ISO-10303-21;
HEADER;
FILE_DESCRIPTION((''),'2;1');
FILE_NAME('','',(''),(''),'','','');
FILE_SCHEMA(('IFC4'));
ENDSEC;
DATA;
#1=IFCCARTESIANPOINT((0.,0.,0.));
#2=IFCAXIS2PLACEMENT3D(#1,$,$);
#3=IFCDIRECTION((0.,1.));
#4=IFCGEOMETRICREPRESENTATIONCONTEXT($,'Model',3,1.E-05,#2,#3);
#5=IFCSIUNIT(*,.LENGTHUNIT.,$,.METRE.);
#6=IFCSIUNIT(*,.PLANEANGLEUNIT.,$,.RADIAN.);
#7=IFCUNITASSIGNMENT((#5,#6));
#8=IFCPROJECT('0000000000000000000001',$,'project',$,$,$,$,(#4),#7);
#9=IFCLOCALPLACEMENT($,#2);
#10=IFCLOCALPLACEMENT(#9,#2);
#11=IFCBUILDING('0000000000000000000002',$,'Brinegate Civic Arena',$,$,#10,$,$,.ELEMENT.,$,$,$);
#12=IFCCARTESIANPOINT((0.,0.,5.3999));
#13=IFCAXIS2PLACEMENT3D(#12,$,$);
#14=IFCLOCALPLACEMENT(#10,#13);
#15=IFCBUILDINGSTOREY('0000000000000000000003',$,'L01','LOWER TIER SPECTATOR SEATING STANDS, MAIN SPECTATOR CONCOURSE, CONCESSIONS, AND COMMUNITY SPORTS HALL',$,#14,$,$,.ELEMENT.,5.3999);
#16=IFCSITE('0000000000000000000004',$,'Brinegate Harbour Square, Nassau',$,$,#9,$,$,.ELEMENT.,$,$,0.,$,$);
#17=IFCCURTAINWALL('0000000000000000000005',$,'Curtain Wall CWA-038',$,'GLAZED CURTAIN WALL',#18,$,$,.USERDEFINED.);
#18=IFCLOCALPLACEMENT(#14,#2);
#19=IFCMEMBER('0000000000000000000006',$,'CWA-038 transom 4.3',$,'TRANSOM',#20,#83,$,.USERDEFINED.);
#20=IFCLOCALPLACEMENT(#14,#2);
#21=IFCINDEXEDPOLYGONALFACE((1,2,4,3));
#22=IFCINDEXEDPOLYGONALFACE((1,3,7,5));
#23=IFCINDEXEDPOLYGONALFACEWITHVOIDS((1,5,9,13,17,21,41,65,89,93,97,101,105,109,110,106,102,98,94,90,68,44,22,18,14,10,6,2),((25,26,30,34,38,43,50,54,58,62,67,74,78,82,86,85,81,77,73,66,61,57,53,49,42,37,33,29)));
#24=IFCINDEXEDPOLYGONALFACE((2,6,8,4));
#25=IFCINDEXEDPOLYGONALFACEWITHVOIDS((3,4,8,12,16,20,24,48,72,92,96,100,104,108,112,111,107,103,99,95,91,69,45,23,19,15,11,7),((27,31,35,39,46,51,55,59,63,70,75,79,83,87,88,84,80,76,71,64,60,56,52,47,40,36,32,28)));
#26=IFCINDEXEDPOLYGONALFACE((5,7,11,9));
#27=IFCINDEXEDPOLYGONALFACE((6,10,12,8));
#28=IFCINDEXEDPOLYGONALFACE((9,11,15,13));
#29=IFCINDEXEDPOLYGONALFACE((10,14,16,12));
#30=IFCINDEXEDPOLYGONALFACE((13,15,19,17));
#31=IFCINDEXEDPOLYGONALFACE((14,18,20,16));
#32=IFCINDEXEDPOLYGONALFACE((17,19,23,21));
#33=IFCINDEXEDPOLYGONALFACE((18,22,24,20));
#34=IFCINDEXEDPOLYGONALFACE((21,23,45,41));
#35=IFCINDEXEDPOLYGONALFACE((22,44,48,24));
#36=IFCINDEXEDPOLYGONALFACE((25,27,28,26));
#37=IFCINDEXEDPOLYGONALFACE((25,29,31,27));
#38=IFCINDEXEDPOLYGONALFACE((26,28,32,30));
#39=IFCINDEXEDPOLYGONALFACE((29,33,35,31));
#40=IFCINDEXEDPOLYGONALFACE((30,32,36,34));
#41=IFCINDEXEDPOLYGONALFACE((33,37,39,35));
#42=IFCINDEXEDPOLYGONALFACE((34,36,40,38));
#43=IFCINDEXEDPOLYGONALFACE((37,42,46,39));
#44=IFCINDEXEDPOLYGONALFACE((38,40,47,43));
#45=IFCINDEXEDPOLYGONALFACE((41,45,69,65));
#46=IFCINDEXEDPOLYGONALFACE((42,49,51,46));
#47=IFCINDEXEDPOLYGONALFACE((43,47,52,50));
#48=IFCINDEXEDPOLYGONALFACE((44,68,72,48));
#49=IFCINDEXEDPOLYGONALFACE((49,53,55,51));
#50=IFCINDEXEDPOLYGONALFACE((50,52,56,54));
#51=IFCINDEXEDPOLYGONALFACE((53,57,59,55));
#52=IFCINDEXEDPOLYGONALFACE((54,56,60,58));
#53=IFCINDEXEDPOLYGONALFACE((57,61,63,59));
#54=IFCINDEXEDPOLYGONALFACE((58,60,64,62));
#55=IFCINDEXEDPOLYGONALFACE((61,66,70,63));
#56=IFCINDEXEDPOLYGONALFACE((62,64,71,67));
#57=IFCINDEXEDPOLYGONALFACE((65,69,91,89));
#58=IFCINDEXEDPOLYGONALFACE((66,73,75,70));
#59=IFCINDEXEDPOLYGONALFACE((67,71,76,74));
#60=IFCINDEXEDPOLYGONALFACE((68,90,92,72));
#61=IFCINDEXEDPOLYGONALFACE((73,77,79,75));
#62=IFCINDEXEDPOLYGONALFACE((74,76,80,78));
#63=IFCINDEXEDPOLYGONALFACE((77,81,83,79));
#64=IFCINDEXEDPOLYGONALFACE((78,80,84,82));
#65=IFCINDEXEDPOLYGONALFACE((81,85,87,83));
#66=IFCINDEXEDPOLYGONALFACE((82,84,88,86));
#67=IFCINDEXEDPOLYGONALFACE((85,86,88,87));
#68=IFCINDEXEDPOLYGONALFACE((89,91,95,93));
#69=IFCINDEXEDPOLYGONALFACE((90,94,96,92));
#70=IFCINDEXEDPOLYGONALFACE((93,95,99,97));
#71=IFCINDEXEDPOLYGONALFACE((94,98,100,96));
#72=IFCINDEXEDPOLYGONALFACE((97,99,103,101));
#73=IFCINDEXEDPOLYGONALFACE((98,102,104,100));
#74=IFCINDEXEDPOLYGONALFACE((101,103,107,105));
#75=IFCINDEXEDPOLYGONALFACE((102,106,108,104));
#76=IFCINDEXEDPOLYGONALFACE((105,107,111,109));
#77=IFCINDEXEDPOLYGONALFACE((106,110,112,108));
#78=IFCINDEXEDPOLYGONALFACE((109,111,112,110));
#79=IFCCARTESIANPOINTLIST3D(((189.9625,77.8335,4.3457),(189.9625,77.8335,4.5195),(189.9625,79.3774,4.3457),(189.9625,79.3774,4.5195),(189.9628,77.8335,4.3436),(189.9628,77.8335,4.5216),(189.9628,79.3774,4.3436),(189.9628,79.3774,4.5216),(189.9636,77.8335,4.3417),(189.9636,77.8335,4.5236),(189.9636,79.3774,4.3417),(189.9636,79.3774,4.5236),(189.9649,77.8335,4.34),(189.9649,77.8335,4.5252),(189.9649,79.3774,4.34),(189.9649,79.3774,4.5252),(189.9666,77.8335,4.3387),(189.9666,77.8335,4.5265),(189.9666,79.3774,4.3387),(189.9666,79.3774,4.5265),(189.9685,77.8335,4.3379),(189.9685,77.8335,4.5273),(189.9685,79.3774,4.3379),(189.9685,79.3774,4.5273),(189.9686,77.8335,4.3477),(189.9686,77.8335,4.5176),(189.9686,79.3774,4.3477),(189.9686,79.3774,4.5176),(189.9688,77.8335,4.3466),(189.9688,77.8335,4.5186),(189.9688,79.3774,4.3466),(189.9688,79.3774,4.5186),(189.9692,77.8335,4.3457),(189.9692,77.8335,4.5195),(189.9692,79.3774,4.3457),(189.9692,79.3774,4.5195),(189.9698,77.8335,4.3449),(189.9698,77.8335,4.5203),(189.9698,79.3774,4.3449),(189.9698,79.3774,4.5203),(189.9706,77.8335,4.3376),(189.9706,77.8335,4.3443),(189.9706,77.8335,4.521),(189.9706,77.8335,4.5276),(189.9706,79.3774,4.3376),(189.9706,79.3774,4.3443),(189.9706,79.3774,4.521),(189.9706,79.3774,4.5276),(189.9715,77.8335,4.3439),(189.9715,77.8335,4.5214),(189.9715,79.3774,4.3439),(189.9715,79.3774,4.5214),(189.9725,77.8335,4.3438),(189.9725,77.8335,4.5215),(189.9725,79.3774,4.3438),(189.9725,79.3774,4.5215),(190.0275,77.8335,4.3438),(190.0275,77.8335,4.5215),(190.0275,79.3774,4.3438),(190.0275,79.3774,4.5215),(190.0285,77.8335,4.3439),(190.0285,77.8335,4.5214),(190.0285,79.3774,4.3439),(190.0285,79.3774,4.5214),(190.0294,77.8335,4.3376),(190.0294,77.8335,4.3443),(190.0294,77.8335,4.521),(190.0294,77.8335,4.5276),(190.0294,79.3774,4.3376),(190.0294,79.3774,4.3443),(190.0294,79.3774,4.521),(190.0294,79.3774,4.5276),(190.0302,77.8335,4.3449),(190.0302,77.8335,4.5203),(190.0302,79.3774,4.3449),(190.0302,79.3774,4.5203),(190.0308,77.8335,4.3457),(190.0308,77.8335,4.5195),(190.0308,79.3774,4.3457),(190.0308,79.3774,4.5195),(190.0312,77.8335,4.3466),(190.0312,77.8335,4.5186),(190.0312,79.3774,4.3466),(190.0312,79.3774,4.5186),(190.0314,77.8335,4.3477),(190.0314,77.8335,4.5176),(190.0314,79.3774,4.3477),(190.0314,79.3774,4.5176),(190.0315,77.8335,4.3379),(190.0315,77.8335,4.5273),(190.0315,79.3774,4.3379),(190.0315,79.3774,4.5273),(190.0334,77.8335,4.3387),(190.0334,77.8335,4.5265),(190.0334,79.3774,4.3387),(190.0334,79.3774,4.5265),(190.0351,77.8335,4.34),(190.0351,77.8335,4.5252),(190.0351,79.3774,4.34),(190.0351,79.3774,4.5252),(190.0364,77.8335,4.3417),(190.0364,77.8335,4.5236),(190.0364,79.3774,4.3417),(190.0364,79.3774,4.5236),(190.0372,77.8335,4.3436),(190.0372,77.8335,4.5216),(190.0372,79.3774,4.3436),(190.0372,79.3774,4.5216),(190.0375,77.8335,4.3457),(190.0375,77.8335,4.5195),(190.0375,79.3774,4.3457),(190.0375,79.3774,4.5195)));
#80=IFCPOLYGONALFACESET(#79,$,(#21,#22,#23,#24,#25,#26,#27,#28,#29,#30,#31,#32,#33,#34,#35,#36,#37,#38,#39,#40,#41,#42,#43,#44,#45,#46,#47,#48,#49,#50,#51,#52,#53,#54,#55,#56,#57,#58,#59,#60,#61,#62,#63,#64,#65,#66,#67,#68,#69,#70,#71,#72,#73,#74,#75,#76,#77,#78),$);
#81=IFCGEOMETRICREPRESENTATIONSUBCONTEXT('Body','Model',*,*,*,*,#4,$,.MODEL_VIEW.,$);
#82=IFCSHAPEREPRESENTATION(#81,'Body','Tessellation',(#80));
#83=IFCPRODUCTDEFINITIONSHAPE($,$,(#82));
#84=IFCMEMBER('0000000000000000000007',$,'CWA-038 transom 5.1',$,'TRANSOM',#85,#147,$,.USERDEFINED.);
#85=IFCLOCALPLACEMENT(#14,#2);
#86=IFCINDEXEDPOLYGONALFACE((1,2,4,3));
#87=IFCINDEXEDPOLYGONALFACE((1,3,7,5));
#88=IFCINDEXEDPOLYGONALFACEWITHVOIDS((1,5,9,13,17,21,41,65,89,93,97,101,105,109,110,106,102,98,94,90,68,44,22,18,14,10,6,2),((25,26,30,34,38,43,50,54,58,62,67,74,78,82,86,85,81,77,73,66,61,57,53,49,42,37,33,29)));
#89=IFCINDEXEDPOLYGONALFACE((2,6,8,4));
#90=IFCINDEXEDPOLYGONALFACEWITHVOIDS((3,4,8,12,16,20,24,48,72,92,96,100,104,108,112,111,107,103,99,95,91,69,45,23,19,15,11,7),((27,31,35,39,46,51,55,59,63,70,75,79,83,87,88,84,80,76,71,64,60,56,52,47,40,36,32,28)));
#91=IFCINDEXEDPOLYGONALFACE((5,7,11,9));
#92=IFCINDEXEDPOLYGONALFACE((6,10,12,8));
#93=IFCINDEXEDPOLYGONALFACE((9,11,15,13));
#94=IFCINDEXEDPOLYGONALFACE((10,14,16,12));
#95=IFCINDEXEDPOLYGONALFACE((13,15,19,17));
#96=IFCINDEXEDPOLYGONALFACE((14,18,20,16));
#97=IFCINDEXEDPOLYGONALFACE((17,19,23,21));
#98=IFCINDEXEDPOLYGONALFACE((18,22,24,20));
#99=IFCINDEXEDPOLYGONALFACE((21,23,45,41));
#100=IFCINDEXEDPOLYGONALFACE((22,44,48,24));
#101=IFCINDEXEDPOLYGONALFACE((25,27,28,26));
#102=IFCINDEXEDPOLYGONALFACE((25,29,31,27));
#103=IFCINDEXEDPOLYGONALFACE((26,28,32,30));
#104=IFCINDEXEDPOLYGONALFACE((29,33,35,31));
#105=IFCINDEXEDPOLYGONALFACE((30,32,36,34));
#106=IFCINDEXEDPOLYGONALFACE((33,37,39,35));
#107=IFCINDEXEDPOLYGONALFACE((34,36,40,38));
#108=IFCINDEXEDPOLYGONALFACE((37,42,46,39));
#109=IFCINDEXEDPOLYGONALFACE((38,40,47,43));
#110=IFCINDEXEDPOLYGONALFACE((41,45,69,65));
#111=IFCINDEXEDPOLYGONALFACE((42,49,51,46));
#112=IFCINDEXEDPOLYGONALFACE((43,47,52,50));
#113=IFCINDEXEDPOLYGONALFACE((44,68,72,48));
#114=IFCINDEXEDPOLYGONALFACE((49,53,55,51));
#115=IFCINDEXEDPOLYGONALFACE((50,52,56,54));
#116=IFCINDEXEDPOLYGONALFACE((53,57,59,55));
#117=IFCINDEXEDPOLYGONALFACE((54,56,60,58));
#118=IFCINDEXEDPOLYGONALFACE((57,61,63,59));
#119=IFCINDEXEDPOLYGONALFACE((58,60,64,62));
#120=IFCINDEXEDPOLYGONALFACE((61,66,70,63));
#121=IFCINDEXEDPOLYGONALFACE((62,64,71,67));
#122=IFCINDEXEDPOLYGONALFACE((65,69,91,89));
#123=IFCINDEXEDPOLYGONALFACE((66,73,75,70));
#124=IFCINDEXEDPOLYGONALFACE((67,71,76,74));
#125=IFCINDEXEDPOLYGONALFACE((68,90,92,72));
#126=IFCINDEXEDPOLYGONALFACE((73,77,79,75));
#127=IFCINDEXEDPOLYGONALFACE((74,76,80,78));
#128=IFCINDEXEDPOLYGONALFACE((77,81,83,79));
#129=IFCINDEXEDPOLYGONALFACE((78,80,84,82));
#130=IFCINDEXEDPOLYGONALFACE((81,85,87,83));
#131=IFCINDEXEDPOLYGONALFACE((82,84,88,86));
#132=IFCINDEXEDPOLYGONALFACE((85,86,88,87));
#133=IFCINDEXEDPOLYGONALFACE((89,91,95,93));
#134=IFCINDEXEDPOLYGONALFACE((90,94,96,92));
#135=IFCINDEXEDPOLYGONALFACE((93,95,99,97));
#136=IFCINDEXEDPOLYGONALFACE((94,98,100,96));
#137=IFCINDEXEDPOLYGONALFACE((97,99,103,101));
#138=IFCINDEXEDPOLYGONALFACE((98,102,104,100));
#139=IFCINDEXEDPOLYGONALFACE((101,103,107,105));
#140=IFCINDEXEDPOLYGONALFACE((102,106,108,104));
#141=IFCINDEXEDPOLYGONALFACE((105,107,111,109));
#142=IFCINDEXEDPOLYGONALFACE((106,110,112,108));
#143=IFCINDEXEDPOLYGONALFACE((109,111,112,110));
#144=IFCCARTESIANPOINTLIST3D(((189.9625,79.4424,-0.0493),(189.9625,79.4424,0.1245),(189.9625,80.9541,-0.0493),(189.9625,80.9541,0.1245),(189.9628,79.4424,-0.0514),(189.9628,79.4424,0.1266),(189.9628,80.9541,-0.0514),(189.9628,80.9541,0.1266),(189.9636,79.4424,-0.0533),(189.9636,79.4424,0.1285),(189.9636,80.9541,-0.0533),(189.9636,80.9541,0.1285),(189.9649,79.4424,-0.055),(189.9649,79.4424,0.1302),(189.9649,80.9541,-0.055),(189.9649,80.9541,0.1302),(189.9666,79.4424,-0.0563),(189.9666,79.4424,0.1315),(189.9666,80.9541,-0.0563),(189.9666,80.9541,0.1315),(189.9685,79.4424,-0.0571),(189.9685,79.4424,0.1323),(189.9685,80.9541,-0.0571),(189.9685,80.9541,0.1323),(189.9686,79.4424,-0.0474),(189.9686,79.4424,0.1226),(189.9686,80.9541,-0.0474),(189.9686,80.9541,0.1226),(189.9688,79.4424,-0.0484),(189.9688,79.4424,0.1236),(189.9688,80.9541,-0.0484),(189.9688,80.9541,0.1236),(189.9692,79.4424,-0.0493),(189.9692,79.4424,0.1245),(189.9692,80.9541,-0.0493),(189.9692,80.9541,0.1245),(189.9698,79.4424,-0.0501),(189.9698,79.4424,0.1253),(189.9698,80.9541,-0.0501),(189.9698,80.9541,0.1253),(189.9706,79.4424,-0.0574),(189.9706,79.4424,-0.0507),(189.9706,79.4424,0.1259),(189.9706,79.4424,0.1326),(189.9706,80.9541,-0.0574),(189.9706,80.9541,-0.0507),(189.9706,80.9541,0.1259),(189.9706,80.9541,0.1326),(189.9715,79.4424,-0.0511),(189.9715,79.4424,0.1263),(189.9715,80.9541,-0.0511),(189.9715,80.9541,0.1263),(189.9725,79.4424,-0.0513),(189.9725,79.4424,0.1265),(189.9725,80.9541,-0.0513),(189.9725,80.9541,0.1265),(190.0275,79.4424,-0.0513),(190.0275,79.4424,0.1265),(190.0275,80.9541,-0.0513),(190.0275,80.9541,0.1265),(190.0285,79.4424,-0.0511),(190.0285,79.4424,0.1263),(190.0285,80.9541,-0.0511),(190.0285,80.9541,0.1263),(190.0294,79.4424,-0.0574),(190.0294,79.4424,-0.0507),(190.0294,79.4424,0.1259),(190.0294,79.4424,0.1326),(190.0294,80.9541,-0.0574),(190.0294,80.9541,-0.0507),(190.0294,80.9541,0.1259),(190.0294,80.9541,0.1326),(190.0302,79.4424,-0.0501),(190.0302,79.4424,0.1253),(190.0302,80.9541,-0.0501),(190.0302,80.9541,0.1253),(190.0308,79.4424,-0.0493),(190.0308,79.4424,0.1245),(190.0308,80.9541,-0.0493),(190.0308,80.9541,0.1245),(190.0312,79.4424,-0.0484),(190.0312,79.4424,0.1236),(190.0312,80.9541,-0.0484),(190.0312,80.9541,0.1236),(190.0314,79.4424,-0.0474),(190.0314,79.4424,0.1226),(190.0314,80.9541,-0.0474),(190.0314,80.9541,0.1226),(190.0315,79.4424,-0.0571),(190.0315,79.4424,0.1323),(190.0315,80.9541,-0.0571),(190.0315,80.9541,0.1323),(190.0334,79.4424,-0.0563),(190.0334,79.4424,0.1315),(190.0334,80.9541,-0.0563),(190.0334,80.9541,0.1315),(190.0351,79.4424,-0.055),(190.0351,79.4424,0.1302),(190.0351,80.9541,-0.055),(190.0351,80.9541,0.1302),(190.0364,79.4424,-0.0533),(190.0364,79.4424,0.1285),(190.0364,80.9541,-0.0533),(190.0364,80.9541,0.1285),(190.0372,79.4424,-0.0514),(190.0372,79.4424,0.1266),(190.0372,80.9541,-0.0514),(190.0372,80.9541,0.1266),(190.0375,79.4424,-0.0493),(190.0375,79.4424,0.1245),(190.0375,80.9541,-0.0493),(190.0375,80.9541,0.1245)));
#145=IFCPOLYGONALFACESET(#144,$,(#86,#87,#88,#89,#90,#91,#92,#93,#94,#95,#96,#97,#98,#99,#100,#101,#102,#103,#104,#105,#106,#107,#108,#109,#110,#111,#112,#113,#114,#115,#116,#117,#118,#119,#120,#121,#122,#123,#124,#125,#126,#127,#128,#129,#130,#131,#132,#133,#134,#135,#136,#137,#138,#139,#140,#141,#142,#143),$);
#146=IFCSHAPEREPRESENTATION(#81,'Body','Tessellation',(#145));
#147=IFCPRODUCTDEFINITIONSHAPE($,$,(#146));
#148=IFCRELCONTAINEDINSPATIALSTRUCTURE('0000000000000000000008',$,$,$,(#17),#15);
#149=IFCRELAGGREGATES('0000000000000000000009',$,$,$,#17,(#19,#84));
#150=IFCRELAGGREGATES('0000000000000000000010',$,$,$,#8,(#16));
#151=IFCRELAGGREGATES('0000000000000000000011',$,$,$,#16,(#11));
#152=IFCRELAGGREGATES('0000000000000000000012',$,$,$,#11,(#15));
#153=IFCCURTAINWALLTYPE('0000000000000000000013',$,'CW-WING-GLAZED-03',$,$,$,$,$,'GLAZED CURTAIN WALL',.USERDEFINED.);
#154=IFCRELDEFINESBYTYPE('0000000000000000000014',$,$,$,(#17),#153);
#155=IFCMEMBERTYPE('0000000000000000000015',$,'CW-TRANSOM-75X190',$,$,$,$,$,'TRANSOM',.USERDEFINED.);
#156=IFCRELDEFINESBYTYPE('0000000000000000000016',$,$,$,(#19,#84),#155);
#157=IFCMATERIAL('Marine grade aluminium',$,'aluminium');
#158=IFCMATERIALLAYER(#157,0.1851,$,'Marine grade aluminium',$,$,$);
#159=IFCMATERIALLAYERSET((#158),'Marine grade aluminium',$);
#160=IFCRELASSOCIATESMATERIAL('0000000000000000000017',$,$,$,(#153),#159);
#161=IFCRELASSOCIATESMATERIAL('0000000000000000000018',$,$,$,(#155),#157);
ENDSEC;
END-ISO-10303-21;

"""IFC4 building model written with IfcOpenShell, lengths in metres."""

from ifc_helpers import new_model, si_unit, direction, frame, origin, origin_2d, place, context, subcontext, project, spatial, hollow_rectangle, extrude, material, layer, layer_set, material_profile, profile_set, type_object, element, aggregate, save


model = new_model("IFC4")

# Units and contexts
model_context = context("Model", 3, precision=1e-05, world=origin(), true_north=direction((0.0, 1.0)))
body_context = subcontext(model_context, "Body", "Model", "MODEL_VIEW")
ifc_project = project(units=[si_unit("LENGTHUNIT", "METRE"), si_unit("PLANEANGLEUNIT", "RADIAN")], contexts=[model_context])

# Site, building, storey
site_placement = place(None, origin())
site = spatial("IfcSite", under=ifc_project, at=site_placement, Name="Brinegate Harbour Square, Nassau", CompositionType="ELEMENT", RefElevation=0.0)
building_placement = place(site_placement, origin())
building = spatial("IfcBuilding", under=site, at=building_placement, Name="Brinegate Civic Arena", CompositionType="ELEMENT")
storey_placement = place(building_placement, frame((0.0, 0.0, 5.3999)))
storey = spatial("IfcBuildingStorey", under=building, at=storey_placement, Name="L01", Description="LOWER TIER SPECTATOR SEATING STANDS, MAIN SPECTATOR CONCOURSE, CONCESSIONS, AND COMMUNITY SPORTS HALL", CompositionType="ELEMENT", Elevation=5.3999)

# Curtain wall, members
ifc_material_1 = material(Name="Marine grade aluminium", Category="aluminium")
ifc_layer_1 = layer(ifc_material_1, 0.1851, Name="Marine grade aluminium")
ifc_layer_set_1 = layer_set([ifc_layer_1], Name="Marine grade aluminium")
curtain_wall_type = type_object("IfcCurtainWallType", Name="CW-WING-GLAZED-03", ElementType="GLAZED CURTAIN WALL", PredefinedType="USERDEFINED", material=ifc_layer_set_1)
curtain_wall_placement = place(storey_placement, origin())
curtain_wall = element("IfcCurtainWall", 1, at=curtain_wall_placement, inside=storey, type_object=curtain_wall_type, Name="Curtain Wall CWA-038", ObjectType="GLAZED CURTAIN WALL", PredefinedType="USERDEFINED")
ifc_material_profile_1 = material_profile(ifc_material_1, hollow_rectangle(XDim=0.075, YDim=0.1899, WallThickness=0.0061, InnerFilletRadius=0.0039, OuterFilletRadius=0.0081, at=origin_2d()), Name="TRN75X190")
ifc_profile_set_1 = profile_set([ifc_material_profile_1], Name="Marine grade aluminium")
member_type_1 = type_object("IfcMemberType", Name="CW-TRANSOM-75X190", ElementType="TRANSOM", PredefinedType="USERDEFINED", material=ifc_profile_set_1)
member_1_placement = place(storey_placement, frame((190.0, 77.8335, 4.4326), z_axis=(0.0, 1.0, 0.0), x_axis=(-1.0, 0.0, 0.0)))
member_1 = element("IfcMember", 2, at=member_1_placement, type_object=member_type_1, Name="CWA-038 transom 4.3", ObjectType="TRANSOM", PredefinedType="USERDEFINED", context=body_context, shape_type="SweptSolid", body=[
    extrude(hollow_rectangle(XDim=0.075, YDim=0.1899, WallThickness=0.0061, InnerFilletRadius=0.0039, OuterFilletRadius=0.0081, at=origin_2d()), origin(), (0.0, 0.0, 1.0), 1.5439),
])
member_2_placement = place(storey_placement, frame((190.0, 79.4424, 0.0376), z_axis=(0.0, 1.0, 0.0), x_axis=(-1.0, 0.0, 0.0)))
member_2 = element("IfcMember", 3, at=member_2_placement, type_object=member_type_1, Name="CWA-038 transom 5.1", ObjectType="TRANSOM", PredefinedType="USERDEFINED", context=body_context, shape_type="SweptSolid", body=[
    extrude(hollow_rectangle(XDim=0.075, YDim=0.1899, WallThickness=0.0061, InnerFilletRadius=0.0039, OuterFilletRadius=0.0081, at=origin_2d()), origin(), (0.0, 0.0, 1.0), 1.5117),
])

aggregate(curtain_wall, [member_1, member_2])

save(model, "model.ifc")
